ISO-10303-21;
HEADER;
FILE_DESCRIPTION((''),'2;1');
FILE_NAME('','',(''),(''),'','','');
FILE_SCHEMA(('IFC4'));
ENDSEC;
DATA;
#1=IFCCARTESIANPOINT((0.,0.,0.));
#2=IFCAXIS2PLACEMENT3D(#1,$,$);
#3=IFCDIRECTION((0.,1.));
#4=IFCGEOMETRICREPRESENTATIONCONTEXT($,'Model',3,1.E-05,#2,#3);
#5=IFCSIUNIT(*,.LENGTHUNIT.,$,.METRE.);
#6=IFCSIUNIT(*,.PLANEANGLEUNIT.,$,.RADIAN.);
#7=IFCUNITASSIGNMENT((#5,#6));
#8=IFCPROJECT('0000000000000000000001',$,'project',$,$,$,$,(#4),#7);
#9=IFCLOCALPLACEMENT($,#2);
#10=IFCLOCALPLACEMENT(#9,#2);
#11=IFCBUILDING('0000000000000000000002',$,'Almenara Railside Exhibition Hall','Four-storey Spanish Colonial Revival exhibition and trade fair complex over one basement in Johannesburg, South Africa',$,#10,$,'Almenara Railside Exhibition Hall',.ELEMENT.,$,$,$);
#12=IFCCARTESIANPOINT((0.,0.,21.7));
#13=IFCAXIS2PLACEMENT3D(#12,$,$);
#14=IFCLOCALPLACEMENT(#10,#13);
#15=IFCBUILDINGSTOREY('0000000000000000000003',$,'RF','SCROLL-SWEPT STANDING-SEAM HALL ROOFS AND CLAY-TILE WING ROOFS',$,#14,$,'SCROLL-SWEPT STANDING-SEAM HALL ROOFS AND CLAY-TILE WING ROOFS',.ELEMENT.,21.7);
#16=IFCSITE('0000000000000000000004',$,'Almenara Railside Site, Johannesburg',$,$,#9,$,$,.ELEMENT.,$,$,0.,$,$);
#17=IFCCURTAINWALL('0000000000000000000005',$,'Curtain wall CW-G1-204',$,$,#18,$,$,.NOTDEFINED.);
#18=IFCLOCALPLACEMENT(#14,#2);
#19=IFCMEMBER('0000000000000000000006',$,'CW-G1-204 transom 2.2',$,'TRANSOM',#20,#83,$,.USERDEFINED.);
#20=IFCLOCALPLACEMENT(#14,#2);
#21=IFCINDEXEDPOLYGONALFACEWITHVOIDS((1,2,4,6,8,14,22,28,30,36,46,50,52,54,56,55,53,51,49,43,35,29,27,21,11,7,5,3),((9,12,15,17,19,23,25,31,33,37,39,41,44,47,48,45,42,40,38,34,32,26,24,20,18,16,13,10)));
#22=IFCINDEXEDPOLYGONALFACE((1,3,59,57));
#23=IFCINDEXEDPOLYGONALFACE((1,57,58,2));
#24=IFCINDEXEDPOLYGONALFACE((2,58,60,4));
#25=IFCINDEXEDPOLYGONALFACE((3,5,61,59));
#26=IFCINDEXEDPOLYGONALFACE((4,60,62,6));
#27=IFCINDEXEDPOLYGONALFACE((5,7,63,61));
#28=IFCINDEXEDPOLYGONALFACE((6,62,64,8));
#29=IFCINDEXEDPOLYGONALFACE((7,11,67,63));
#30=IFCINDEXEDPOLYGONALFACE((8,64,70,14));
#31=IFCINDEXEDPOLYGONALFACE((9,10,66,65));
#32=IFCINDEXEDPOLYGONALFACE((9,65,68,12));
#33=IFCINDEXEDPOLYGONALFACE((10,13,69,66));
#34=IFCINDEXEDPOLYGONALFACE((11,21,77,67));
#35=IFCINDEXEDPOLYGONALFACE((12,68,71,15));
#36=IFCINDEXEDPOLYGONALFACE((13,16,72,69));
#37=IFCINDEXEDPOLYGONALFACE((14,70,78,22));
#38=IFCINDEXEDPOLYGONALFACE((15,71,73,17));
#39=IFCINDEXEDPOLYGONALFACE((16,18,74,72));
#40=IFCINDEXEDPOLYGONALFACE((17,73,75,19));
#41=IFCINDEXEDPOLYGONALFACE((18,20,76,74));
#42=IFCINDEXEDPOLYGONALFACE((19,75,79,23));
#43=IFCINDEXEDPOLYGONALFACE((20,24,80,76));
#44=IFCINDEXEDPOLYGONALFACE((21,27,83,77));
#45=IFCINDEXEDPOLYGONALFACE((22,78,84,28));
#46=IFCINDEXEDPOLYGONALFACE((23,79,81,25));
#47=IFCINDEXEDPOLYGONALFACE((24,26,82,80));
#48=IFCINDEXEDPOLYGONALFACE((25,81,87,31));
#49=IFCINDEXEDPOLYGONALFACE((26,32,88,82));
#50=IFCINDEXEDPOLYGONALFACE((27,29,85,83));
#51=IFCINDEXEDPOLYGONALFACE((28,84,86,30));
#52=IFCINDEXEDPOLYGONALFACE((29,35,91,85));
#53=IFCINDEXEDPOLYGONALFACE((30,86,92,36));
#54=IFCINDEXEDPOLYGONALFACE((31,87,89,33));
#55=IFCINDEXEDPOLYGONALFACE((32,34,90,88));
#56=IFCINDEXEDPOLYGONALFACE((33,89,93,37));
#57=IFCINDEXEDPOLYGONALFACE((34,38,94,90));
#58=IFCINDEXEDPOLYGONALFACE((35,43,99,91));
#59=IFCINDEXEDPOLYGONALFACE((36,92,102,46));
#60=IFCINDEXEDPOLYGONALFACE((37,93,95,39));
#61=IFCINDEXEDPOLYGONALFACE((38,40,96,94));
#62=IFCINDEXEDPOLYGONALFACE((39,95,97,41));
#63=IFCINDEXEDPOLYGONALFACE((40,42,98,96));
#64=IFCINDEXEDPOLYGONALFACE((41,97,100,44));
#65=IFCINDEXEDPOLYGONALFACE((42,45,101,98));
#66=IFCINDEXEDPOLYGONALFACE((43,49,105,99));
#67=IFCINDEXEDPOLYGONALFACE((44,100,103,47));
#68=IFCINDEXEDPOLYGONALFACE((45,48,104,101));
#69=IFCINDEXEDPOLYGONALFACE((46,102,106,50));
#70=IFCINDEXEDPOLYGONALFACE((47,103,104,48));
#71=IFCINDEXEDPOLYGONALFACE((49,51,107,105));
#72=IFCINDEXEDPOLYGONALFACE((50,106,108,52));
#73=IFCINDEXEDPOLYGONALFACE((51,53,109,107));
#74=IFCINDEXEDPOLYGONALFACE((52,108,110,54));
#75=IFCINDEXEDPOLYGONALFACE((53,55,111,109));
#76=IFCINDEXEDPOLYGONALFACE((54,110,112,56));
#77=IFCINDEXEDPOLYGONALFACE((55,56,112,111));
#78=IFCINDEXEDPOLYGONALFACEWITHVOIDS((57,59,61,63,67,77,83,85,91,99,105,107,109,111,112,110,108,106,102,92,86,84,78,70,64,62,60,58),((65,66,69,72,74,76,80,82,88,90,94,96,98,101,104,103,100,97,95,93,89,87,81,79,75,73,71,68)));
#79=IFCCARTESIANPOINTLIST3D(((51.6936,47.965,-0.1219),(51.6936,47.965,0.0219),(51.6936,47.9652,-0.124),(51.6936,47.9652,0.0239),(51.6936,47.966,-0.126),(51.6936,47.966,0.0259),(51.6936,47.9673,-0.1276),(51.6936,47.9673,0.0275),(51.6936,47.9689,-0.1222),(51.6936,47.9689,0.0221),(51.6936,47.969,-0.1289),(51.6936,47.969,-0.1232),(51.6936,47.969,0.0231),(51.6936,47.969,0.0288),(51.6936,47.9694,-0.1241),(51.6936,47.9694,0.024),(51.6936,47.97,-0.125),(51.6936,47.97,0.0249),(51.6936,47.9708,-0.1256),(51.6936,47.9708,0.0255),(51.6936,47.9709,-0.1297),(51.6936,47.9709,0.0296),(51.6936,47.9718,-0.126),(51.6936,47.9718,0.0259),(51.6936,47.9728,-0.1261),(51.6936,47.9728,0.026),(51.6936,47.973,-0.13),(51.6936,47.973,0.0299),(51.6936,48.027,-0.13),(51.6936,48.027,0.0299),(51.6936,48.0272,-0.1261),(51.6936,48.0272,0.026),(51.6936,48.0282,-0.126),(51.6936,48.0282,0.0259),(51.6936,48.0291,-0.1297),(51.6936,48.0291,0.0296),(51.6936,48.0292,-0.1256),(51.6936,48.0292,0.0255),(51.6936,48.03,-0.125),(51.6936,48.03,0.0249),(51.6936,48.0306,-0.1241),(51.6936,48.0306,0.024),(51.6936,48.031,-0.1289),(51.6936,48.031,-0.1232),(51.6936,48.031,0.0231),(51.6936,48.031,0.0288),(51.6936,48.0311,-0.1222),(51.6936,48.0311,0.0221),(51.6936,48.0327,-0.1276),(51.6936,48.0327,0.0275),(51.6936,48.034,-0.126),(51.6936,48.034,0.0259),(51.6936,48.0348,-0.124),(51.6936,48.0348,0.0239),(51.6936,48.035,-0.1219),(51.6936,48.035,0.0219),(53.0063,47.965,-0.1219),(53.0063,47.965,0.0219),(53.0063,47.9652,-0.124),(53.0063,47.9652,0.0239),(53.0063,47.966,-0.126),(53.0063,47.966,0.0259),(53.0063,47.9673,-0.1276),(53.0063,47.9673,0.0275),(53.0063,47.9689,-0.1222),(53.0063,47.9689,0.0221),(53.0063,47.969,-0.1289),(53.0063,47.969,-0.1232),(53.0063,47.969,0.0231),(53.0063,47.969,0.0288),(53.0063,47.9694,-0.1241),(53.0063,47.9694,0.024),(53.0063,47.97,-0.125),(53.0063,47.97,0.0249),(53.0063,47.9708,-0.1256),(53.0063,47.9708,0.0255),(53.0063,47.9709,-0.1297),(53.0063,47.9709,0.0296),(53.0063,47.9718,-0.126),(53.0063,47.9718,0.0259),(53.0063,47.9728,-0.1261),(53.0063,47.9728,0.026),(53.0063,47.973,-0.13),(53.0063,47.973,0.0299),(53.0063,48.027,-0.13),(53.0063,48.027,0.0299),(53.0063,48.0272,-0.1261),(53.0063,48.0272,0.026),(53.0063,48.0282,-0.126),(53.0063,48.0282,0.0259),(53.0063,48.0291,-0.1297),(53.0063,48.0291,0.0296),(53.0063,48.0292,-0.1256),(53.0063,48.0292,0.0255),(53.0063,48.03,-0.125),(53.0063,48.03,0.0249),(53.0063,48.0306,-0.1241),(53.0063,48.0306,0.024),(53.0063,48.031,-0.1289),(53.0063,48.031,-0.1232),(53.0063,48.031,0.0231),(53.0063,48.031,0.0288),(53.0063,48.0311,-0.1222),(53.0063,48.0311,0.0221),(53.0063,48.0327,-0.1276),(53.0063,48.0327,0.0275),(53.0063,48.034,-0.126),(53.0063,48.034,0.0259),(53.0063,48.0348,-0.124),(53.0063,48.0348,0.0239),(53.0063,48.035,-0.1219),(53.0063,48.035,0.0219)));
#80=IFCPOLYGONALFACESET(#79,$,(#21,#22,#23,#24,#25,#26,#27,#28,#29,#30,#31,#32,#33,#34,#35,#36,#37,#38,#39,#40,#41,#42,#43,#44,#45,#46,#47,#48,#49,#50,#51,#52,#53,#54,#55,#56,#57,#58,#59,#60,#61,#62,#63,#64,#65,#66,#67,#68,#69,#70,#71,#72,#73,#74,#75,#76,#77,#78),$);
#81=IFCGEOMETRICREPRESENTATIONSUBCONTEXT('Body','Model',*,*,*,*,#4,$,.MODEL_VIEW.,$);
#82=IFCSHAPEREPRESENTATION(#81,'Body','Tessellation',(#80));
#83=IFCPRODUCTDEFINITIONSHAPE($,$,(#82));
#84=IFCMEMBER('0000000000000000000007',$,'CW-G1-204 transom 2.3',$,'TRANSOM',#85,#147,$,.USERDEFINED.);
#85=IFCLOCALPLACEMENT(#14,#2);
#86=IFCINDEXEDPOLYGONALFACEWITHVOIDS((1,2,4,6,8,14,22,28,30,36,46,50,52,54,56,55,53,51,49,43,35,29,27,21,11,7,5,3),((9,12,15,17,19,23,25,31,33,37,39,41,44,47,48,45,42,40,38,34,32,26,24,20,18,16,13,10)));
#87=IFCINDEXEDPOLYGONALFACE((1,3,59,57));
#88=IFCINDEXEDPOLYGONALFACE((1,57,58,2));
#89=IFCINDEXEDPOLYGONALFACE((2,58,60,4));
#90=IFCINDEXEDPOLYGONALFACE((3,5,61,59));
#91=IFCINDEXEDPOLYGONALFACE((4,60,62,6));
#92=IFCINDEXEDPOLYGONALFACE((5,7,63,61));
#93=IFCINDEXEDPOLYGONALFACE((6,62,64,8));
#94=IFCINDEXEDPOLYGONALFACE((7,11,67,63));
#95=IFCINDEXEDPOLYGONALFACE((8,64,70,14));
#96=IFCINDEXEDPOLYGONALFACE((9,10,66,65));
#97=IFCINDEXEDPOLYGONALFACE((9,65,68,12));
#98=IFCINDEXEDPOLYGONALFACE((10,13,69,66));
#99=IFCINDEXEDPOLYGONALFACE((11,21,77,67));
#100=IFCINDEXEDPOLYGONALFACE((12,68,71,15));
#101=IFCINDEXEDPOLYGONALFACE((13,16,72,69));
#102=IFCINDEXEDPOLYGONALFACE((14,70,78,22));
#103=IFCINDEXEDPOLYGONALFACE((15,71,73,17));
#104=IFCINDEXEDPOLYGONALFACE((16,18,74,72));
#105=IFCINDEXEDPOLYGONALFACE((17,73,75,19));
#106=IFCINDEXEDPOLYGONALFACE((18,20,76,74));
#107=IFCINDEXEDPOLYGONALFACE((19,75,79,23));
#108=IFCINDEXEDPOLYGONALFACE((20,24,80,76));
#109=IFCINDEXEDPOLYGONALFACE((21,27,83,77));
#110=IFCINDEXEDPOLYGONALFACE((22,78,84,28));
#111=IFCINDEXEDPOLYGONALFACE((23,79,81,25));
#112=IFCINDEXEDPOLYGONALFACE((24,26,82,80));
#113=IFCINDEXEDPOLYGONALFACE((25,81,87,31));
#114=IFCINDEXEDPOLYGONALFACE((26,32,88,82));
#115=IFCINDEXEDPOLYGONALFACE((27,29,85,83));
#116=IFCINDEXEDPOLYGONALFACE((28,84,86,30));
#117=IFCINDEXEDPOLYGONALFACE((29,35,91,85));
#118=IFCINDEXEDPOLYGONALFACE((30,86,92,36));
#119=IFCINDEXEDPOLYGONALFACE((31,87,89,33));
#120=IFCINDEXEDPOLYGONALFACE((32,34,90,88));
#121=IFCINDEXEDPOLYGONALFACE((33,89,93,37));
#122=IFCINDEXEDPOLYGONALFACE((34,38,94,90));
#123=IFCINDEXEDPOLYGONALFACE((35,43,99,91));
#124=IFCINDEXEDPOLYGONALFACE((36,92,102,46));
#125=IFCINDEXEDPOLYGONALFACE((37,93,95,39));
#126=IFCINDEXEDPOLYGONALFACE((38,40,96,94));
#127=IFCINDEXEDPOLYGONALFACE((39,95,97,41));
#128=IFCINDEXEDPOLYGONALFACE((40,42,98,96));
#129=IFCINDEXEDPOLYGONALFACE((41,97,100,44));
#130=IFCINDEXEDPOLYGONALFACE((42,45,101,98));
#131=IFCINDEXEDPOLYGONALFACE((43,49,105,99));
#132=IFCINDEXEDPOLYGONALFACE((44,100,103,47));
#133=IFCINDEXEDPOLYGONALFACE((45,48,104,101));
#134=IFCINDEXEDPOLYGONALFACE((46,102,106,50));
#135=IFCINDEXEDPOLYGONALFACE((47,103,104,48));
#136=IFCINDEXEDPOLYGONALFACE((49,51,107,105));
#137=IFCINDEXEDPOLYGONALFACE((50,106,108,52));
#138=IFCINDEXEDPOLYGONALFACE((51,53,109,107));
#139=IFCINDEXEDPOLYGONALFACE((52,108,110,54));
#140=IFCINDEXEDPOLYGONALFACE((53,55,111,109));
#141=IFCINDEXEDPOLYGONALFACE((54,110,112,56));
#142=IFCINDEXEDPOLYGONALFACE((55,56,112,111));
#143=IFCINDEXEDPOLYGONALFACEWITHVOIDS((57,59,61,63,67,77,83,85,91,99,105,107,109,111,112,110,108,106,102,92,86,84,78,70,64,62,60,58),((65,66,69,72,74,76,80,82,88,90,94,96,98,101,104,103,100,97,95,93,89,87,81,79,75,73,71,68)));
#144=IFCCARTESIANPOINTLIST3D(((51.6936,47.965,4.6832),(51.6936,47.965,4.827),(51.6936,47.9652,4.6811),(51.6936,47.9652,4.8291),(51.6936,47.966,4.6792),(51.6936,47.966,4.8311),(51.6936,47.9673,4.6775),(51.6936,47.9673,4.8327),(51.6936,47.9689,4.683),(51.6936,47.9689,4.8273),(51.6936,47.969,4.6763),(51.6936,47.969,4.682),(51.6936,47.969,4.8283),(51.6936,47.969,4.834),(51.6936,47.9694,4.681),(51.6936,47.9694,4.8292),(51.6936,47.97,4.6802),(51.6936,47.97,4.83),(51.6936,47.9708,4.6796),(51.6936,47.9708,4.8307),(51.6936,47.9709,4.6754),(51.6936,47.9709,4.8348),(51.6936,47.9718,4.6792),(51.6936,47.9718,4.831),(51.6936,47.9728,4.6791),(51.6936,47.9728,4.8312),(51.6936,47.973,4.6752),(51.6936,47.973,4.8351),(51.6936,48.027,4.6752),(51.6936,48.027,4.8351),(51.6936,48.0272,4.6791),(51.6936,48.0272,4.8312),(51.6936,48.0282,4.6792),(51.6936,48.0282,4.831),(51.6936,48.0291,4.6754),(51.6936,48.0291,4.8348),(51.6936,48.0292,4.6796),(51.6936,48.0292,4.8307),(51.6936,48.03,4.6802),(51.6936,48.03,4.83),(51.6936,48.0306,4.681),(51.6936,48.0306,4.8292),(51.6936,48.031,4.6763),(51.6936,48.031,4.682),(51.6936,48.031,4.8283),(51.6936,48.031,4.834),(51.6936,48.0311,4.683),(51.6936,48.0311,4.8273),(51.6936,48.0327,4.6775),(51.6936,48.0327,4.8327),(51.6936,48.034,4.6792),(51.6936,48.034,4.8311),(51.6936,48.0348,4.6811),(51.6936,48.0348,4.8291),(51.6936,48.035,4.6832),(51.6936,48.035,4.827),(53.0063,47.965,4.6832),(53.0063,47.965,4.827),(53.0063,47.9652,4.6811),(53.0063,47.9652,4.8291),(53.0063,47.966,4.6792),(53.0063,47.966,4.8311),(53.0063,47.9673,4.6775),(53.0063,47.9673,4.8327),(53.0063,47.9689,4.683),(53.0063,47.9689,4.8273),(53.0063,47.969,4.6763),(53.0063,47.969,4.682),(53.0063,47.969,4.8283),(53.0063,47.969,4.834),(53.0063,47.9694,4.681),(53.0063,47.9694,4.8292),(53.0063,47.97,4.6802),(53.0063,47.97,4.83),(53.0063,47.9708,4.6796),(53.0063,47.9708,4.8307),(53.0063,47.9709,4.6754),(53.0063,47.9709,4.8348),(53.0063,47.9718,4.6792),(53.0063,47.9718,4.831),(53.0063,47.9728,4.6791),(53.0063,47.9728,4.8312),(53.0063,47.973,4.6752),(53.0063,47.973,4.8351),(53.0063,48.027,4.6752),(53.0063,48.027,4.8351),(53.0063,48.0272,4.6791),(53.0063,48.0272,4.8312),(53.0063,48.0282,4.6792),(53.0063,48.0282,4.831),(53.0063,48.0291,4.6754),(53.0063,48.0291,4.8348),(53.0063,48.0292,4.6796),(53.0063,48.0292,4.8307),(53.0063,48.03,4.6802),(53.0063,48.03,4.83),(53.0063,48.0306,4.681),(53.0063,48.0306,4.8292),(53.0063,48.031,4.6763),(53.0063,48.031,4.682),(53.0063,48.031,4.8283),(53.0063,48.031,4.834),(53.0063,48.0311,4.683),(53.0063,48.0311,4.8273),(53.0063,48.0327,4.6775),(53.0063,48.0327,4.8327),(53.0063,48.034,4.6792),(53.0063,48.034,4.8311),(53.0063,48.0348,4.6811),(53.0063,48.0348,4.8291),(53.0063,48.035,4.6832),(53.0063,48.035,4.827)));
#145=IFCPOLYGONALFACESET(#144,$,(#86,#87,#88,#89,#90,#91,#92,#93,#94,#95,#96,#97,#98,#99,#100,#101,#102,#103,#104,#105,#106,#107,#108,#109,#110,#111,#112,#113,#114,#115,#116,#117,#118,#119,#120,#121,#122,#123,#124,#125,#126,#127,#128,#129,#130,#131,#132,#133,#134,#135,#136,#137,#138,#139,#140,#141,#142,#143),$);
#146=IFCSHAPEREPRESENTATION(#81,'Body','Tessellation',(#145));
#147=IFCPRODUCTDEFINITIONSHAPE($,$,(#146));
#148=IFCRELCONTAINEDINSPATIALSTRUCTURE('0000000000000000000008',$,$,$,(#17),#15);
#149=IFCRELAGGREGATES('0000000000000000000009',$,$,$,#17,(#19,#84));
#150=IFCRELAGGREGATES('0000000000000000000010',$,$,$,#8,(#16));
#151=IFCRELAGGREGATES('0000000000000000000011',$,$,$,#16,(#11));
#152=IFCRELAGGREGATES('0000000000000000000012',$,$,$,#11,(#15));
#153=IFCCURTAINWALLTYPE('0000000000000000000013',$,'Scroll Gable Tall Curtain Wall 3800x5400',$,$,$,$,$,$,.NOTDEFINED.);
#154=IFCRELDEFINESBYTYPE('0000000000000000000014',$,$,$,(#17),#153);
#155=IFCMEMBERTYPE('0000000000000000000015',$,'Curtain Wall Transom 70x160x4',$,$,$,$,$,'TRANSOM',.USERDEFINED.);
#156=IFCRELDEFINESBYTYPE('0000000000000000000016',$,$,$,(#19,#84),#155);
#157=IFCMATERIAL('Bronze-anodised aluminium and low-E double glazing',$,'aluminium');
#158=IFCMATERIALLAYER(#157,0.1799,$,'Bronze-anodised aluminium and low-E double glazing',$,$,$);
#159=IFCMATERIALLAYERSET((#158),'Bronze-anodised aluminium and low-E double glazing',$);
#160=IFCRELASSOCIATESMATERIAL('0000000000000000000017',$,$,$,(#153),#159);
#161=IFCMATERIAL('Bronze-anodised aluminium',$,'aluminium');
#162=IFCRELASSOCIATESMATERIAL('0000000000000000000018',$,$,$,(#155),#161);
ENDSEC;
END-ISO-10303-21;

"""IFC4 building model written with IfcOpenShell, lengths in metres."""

from ifc_helpers import new_model, si_unit, direction, frame, origin, origin_2d, place, context, subcontext, project, spatial, hollow_rectangle, extrude, material, layer, layer_set, material_profile, profile_set, type_object, element, aggregate, save


model = new_model("IFC4")

# Units and contexts
model_context = context("Model", 3, precision=1e-05, world=origin(), true_north=direction((0.0, 1.0)))
body_context = subcontext(model_context, "Body", "Model", "MODEL_VIEW")
ifc_project = project(units=[si_unit("LENGTHUNIT", "METRE"), si_unit("PLANEANGLEUNIT", "RADIAN")], contexts=[model_context])

# Site, building, storey
site_placement = place(None, origin())
site = spatial("IfcSite", under=ifc_project, at=site_placement, Name="Almenara Railside Site, Johannesburg", CompositionType="ELEMENT", RefElevation=0.0)
building_placement = place(site_placement, origin())
building = spatial("IfcBuilding", under=site, at=building_placement, Name="Almenara Railside Exhibition Hall", Description="Four-storey Spanish Colonial Revival exhibition and trade fair complex over one basement in Johannesburg, South Africa", LongName="Almenara Railside Exhibition Hall", CompositionType="ELEMENT")
storey_placement = place(building_placement, frame((0.0, 0.0, 21.7)))
storey = spatial("IfcBuildingStorey", under=building, at=storey_placement, Name="RF", Description="SCROLL-SWEPT STANDING-SEAM HALL ROOFS AND CLAY-TILE WING ROOFS", LongName="SCROLL-SWEPT STANDING-SEAM HALL ROOFS AND CLAY-TILE WING ROOFS", CompositionType="ELEMENT", Elevation=21.7)

# Shared definitions
ifc_material_1 = material(Name="Bronze-anodised aluminium and low-E double glazing", Category="aluminium")
ifc_layer_1 = layer(ifc_material_1, 0.1799, Name="Bronze-anodised aluminium and low-E double glazing")
ifc_layer_set_1 = layer_set([ifc_layer_1], Name="Bronze-anodised aluminium and low-E double glazing")
curtain_wall_type = type_object("IfcCurtainWallType", Name="Scroll Gable Tall Curtain Wall 3800x5400", PredefinedType="NOTDEFINED", material=ifc_layer_set_1)
ifc_material_2 = material(Name="Bronze-anodised aluminium", Category="aluminium")

# Curtain wall, members
curtain_wall_1_placement = place(storey_placement, origin())
curtain_wall_1 = element("IfcCurtainWall", 1, at=curtain_wall_1_placement, inside=storey, type_object=curtain_wall_type, Name="Curtain wall CW-G1-204", PredefinedType="NOTDEFINED")
ifc_material_profile_1 = material_profile(ifc_material_2, hollow_rectangle(XDim=0.0701, YDim=0.1599, WallThickness=0.0039, InnerFilletRadius=0.0039, OuterFilletRadius=0.0081, at=origin_2d()), Name="ALU-TRN 70x160x4")
ifc_profile_set_1 = profile_set([ifc_material_profile_1], Name="Bronze-anodised aluminium")
member_type_1 = type_object("IfcMemberType", Name="Curtain Wall Transom 70x160x4", ElementType="TRANSOM", PredefinedType="USERDEFINED", material=ifc_profile_set_1)
member_1_placement = place(storey_placement, frame((51.6936, 48.0, -0.05), z_axis=(1.0, 0.0, 0.0), x_axis=(0.0, 1.0, 0.0)))
member_1 = element("IfcMember", 2, at=member_1_placement, type_object=member_type_1, Name="CW-G1-204 transom 2.2", ObjectType="TRANSOM", PredefinedType="USERDEFINED", context=body_context, shape_type="SweptSolid", body=[
    extrude(hollow_rectangle(XDim=0.0701, YDim=0.1599, WallThickness=0.0039, InnerFilletRadius=0.0039, OuterFilletRadius=0.0081, at=origin_2d()), origin(), (0.0, 0.0, 1.0), 1.3127),
])
member_2_placement = place(storey_placement, frame((51.6936, 48.0, 4.7551), z_axis=(1.0, 0.0, 0.0), x_axis=(0.0, 1.0, 0.0)))
member_2 = element("IfcMember", 3, at=member_2_placement, type_object=member_type_1, Name="CW-G1-204 transom 2.3", ObjectType="TRANSOM", PredefinedType="USERDEFINED", context=body_context, shape_type="SweptSolid", body=[
    extrude(hollow_rectangle(XDim=0.0701, YDim=0.1599, WallThickness=0.0039, InnerFilletRadius=0.0039, OuterFilletRadius=0.0081, at=origin_2d()), origin(), (0.0, 0.0, 1.0), 1.3127),
])

aggregate(curtain_wall_1, [member_1, member_2])

save(model, "model.ifc")
